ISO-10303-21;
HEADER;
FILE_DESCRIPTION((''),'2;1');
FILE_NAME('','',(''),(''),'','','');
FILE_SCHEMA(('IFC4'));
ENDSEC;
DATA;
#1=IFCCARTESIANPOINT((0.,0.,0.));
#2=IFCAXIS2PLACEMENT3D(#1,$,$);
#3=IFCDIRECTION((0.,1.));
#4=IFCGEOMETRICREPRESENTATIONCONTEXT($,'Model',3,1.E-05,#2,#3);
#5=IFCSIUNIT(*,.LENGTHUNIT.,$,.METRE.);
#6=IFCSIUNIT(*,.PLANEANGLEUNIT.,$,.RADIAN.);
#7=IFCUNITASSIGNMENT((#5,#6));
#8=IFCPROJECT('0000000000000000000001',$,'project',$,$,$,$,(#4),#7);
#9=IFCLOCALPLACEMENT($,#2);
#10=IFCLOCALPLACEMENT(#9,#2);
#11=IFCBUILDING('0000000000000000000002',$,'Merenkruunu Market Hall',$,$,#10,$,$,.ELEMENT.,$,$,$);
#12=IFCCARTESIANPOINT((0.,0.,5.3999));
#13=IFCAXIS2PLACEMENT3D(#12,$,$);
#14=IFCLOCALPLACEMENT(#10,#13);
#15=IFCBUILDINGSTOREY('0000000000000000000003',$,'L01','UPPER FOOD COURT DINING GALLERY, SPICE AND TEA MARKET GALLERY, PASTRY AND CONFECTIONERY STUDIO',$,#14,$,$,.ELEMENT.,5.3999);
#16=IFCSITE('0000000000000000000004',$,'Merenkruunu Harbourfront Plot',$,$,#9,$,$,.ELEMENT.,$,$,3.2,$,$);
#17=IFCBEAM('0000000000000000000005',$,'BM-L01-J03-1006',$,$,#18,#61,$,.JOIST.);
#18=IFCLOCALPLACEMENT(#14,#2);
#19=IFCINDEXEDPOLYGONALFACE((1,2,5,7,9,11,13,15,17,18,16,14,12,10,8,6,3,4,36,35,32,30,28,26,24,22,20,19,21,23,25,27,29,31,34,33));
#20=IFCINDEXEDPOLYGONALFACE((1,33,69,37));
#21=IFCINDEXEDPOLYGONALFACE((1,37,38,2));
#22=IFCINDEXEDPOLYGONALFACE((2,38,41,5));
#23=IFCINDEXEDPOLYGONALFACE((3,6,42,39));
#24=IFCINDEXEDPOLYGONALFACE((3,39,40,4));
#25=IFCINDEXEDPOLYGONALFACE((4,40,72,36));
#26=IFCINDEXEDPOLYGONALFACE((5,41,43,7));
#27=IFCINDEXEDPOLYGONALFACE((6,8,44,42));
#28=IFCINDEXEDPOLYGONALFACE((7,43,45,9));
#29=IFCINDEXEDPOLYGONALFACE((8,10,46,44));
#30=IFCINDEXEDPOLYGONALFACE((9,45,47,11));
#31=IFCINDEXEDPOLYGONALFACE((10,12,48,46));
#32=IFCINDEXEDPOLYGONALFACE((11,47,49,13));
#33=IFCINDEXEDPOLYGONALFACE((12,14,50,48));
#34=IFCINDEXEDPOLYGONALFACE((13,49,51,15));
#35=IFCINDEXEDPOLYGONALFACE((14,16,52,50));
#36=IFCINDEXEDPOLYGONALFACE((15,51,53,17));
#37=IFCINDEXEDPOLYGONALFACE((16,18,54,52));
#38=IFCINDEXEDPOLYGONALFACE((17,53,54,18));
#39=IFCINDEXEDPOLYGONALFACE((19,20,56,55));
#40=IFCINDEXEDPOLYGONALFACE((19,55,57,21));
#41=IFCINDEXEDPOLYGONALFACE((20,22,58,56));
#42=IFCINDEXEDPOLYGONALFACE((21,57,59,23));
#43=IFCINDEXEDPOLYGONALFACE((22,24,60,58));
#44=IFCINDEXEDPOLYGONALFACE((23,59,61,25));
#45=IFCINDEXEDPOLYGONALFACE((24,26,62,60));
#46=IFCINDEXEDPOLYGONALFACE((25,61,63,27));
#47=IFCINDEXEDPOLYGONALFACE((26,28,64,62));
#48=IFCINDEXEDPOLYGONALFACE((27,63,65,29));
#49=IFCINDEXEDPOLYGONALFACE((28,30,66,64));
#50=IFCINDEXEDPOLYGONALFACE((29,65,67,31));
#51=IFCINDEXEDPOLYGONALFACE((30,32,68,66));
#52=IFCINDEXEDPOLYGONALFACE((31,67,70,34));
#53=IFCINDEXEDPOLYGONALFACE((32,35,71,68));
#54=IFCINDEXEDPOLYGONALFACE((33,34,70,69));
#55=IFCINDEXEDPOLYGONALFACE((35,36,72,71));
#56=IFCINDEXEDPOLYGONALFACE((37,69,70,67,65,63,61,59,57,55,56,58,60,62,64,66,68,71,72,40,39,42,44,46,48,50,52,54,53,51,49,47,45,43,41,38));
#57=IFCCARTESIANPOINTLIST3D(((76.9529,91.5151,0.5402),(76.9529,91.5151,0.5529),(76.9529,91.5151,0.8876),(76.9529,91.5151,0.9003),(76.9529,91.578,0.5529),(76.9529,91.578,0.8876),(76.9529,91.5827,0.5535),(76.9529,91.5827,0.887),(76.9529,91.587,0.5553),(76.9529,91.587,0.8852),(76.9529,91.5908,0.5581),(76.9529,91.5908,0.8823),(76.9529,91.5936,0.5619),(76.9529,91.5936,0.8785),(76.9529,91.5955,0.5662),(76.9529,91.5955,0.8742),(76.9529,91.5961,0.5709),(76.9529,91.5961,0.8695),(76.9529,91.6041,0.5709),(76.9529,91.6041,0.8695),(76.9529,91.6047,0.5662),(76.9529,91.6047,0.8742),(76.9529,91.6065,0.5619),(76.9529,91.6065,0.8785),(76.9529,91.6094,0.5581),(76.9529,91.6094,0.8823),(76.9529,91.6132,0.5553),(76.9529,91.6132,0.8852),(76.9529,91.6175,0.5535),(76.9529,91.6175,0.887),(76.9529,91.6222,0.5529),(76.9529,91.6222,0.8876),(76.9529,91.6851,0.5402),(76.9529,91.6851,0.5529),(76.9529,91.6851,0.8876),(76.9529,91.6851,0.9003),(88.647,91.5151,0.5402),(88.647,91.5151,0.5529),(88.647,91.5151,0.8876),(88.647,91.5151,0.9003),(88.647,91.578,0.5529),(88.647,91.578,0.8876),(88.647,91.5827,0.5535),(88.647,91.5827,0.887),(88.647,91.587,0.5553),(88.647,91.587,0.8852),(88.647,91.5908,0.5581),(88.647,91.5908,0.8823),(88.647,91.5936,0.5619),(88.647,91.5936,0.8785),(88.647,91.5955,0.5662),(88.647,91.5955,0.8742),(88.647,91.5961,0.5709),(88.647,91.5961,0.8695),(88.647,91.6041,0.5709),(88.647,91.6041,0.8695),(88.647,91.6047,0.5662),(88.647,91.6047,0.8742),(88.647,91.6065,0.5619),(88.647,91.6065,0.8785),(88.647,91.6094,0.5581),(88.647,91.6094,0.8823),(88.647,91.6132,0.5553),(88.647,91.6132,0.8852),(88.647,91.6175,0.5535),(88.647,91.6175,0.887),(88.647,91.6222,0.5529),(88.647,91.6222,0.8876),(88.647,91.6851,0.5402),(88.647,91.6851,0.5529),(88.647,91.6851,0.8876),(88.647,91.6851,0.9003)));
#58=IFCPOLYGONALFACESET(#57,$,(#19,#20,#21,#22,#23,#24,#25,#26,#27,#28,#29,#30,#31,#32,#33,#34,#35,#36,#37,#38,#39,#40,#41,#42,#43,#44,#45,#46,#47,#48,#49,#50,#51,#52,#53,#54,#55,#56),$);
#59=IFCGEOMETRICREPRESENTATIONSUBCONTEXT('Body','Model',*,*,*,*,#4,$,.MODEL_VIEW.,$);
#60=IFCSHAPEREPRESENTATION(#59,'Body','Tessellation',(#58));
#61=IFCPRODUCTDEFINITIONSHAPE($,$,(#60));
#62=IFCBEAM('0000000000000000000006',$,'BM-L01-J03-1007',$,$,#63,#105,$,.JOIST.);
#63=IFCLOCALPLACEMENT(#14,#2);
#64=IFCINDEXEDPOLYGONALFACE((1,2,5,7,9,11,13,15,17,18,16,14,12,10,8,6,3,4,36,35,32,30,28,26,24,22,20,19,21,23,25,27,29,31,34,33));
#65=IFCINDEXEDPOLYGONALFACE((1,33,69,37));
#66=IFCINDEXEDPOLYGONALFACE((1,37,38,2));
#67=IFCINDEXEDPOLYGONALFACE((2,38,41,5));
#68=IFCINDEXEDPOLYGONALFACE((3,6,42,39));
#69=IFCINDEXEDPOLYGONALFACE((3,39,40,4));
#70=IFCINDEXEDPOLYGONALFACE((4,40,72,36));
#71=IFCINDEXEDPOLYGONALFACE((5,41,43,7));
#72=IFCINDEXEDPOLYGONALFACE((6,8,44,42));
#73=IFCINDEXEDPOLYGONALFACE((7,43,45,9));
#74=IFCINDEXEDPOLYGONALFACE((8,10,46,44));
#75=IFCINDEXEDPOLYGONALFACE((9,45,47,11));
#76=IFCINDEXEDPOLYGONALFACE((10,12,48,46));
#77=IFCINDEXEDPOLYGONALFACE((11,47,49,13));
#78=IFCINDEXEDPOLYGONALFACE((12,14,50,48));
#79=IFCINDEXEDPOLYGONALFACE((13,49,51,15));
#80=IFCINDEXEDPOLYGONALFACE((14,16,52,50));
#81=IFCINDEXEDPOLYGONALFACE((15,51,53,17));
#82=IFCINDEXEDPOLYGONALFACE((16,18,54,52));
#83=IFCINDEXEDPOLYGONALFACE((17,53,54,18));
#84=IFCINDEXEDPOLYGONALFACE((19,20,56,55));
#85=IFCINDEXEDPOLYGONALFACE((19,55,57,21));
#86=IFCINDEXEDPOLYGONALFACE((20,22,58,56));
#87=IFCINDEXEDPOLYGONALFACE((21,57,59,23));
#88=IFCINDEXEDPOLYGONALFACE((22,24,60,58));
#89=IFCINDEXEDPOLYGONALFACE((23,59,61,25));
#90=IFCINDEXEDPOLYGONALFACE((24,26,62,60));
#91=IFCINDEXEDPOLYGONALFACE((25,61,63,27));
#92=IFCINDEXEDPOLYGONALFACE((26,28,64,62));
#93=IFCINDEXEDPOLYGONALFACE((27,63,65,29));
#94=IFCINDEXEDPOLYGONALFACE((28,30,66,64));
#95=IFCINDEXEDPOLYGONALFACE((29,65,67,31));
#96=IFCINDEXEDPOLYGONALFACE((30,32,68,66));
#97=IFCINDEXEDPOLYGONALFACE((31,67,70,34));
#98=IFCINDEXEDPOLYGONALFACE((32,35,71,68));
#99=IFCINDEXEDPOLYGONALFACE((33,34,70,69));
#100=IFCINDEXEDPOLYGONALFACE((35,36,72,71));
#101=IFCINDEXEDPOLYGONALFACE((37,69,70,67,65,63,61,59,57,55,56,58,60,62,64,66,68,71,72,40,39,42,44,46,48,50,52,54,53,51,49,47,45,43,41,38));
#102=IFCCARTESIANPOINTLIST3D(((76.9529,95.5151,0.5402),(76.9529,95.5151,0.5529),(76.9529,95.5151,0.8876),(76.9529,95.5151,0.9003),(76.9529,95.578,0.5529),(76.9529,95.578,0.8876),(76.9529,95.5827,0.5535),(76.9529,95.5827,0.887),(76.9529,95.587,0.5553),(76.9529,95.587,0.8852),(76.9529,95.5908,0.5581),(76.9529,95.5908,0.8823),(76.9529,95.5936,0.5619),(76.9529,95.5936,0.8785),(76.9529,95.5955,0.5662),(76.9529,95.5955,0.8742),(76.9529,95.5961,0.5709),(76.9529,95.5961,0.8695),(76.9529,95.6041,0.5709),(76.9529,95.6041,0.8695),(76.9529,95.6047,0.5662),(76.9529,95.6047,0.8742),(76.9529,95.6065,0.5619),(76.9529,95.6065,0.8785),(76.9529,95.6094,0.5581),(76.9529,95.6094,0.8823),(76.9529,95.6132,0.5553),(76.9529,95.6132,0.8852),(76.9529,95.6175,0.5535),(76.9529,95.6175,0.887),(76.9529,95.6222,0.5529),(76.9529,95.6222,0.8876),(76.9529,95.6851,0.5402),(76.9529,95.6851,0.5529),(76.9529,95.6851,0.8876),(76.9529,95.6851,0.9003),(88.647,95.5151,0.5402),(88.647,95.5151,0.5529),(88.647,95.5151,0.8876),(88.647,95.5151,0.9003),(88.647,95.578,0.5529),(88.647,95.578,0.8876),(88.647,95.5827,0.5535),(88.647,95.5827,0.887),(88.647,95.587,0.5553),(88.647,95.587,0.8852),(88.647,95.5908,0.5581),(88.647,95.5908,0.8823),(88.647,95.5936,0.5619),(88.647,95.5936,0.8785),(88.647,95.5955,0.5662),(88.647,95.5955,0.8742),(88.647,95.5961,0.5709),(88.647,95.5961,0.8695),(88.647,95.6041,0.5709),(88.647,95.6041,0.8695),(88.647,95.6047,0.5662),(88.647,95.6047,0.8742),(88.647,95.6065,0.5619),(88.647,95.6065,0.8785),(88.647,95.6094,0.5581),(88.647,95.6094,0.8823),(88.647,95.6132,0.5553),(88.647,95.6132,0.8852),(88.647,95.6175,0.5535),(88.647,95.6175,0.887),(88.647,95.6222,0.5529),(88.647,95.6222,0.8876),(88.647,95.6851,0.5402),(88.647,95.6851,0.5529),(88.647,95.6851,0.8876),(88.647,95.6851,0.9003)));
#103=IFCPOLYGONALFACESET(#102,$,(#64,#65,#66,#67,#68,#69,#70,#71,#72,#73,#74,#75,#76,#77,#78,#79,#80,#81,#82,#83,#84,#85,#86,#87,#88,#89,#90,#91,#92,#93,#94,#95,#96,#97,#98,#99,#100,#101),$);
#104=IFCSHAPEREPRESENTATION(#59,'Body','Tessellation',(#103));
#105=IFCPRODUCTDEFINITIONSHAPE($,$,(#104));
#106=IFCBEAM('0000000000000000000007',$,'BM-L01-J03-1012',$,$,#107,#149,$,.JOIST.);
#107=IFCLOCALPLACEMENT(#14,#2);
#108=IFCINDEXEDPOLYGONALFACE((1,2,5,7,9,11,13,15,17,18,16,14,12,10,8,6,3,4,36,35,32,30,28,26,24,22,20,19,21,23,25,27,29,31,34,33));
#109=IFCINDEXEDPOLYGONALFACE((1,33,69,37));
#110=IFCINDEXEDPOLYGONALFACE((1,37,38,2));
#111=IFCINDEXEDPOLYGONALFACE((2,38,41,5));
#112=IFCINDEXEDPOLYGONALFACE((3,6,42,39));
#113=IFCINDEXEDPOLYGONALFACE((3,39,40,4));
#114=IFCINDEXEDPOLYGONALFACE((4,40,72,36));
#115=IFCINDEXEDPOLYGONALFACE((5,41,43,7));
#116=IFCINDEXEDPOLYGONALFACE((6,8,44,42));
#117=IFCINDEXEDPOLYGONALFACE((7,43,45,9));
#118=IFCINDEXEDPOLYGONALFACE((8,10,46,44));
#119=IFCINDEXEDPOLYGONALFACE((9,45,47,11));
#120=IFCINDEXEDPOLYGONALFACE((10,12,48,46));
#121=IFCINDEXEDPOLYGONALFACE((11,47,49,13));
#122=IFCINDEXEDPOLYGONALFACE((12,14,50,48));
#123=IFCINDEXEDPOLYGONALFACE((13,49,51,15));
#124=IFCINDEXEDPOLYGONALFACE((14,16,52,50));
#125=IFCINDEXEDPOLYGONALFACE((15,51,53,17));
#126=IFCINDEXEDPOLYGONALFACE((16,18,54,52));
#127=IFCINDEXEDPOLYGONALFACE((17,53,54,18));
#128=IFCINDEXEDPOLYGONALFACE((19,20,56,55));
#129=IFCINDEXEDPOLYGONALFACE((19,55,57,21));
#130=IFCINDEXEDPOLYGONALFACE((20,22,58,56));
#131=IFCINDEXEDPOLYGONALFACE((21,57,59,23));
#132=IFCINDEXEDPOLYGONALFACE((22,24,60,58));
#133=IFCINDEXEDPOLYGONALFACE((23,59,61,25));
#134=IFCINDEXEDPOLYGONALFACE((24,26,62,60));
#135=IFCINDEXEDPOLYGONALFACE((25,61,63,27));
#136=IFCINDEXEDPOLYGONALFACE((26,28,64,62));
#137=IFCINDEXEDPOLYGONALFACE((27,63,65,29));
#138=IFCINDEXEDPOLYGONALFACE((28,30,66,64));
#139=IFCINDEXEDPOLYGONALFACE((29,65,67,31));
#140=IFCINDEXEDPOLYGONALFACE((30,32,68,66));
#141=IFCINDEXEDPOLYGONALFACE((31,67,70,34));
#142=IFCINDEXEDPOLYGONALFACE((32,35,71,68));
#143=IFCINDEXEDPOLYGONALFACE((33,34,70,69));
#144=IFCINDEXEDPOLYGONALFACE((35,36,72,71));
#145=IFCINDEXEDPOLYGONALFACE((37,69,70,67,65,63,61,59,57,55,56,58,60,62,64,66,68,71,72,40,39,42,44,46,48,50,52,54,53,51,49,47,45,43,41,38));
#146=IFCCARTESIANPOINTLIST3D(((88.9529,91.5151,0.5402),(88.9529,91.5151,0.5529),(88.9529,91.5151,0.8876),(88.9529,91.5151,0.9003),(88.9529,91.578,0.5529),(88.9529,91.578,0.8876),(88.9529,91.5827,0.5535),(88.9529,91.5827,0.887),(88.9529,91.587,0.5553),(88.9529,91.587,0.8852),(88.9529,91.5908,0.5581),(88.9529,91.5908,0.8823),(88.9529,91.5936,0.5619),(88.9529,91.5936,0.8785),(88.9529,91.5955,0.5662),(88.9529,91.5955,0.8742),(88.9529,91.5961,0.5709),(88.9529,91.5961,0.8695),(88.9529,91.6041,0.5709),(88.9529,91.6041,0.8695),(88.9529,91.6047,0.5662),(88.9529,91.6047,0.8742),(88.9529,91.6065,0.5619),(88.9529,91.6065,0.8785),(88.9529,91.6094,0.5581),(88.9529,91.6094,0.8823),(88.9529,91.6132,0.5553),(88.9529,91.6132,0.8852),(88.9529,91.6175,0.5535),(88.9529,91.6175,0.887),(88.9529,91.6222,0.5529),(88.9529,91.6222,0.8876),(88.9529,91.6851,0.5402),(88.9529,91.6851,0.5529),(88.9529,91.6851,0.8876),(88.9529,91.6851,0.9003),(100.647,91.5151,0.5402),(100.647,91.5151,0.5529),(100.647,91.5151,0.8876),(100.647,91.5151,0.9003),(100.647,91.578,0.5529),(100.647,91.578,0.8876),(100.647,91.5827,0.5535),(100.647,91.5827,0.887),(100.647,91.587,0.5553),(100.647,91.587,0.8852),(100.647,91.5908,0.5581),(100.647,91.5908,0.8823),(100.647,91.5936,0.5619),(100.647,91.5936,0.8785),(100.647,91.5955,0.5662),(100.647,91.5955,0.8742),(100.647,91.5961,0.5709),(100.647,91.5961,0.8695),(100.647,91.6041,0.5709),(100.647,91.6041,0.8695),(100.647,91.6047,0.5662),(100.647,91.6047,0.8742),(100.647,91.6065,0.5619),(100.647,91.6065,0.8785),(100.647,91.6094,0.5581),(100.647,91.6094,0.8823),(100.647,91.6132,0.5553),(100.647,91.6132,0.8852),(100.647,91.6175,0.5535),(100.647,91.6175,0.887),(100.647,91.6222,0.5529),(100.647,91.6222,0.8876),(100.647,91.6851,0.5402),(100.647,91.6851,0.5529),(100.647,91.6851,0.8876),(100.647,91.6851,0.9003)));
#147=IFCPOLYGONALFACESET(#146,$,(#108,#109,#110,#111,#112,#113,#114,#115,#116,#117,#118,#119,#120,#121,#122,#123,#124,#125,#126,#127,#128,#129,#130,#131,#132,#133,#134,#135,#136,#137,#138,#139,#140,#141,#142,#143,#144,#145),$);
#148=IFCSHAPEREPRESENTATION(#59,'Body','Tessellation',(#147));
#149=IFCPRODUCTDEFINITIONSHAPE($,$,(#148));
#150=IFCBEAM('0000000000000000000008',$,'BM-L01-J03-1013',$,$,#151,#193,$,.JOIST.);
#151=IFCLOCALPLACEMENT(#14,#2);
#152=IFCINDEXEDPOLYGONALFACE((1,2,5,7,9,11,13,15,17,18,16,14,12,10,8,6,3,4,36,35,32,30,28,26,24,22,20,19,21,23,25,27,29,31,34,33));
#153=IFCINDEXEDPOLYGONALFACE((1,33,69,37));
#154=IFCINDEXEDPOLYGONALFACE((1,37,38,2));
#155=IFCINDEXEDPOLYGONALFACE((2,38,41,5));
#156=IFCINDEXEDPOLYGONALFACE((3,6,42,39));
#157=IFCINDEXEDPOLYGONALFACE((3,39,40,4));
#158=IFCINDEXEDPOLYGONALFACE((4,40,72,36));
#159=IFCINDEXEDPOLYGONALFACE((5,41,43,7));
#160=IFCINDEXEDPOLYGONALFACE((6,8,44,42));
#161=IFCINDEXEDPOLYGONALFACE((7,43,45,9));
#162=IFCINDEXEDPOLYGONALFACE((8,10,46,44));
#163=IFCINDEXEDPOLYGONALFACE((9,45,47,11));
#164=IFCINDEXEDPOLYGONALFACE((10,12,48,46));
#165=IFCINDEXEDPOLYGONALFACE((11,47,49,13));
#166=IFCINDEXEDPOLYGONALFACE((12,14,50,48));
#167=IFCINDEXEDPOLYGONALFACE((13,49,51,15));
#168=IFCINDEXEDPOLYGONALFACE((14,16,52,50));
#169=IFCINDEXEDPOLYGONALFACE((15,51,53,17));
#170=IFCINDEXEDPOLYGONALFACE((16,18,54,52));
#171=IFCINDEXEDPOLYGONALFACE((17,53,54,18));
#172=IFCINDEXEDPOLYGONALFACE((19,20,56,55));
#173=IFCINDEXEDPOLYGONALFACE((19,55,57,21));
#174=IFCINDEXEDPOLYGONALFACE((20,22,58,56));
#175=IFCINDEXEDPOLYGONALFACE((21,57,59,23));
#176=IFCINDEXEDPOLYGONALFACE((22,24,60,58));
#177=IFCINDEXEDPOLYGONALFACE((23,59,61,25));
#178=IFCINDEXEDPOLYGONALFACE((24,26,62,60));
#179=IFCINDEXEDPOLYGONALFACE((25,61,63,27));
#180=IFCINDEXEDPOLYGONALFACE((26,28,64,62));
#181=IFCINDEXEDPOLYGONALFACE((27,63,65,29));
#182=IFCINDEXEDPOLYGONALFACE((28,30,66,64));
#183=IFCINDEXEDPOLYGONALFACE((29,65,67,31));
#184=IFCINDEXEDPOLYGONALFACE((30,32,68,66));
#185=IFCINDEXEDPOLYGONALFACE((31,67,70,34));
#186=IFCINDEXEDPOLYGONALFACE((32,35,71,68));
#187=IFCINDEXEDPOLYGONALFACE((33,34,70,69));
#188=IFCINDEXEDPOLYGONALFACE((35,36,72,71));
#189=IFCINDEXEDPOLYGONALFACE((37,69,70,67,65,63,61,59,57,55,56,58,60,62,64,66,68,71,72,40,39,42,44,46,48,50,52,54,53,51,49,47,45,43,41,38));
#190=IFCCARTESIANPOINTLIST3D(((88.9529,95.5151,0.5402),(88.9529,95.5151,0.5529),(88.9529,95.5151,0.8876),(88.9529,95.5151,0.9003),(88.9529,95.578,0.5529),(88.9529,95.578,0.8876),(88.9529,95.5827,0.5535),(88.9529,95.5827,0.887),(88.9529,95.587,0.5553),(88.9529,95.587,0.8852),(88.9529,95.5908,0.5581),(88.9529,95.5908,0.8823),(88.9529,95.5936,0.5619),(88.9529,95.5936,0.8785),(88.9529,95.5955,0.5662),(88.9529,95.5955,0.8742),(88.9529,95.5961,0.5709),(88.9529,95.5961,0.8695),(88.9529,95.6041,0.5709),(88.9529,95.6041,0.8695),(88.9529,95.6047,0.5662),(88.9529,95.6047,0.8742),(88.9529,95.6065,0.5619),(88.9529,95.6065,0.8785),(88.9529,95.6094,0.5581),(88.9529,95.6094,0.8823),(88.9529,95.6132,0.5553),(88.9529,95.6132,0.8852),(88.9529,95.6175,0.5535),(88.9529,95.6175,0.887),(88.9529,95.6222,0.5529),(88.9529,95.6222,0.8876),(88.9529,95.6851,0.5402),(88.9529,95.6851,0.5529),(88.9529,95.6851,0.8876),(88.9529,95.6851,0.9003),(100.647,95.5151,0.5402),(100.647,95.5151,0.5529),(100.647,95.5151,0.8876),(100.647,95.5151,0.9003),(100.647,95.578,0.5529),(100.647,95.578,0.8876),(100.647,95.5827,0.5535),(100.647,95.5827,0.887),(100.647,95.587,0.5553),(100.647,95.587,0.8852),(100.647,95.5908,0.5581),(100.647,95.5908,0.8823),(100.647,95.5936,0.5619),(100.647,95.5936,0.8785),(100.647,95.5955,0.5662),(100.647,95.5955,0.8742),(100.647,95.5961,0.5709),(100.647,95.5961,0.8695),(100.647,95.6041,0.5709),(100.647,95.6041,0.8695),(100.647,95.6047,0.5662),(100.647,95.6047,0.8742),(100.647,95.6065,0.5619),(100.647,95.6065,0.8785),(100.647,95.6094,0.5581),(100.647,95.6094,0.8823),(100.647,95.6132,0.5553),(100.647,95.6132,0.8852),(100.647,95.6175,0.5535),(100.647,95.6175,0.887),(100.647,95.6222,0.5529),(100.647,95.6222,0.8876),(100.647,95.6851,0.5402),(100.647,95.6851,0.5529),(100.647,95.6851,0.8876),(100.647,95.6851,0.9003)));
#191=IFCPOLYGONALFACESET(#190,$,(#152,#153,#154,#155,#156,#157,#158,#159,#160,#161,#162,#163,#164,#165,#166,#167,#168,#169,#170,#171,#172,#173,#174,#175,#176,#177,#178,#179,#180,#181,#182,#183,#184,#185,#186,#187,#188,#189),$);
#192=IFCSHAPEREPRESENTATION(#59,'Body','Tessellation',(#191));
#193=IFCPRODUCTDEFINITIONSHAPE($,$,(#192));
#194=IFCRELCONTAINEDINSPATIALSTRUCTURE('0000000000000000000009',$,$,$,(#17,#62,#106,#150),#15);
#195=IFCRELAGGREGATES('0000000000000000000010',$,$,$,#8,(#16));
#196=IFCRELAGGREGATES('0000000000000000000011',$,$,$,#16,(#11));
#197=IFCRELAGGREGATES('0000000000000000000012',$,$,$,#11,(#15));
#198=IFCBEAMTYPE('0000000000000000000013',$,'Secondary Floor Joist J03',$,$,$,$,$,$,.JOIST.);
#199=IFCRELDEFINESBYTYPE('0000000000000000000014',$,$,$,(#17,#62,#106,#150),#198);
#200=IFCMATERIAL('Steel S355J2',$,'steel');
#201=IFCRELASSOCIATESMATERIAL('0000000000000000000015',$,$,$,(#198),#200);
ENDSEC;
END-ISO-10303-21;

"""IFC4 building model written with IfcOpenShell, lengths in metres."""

from ifc_helpers import new_model, si_unit, direction, frame, origin, origin_2d, place, context, subcontext, project, spatial, i_section, extrude, material, material_profile, profile_set, type_object, element, save


model = new_model("IFC4")

# Units and contexts
model_context = context("Model", 3, precision=1e-05, world=origin(), true_north=direction((0.0, 1.0)))
body_context = subcontext(model_context, "Body", "Model", "MODEL_VIEW")
ifc_project = project(units=[si_unit("LENGTHUNIT", "METRE"), si_unit("PLANEANGLEUNIT", "RADIAN")], contexts=[model_context])

# Site, building, storey
site_placement = place(None, origin())
site = spatial("IfcSite", under=ifc_project, at=site_placement, Name="Merenkruunu Harbourfront Plot", CompositionType="ELEMENT", RefElevation=3.2)
building_placement = place(site_placement, origin())
building = spatial("IfcBuilding", under=site, at=building_placement, Name="Merenkruunu Market Hall", CompositionType="ELEMENT")
storey_placement = place(building_placement, frame((0.0, 0.0, 5.3999)))
storey = spatial("IfcBuildingStorey", under=building, at=storey_placement, Name="L01", Description="UPPER FOOD COURT DINING GALLERY, SPICE AND TEA MARKET GALLERY, PASTRY AND CONFECTIONERY STUDIO", CompositionType="ELEMENT", Elevation=5.3999)

# Beams
ifc_material_1 = material(Name="Steel S355J2", Category="steel")
ifc_material_profile_1 = material_profile(ifc_material_1, i_section(OverallWidth=0.1699, OverallDepth=0.3601, WebThickness=0.0081, FlangeThickness=0.0127, FilletRadius=0.0181, at=origin_2d()), Name="IPE 360")
ifc_profile_set_1 = profile_set([ifc_material_profile_1], Name="Steel S355J2")
beam_type_1 = type_object("IfcBeamType", Name="Secondary Floor Joist J03", PredefinedType="JOIST", material=ifc_profile_set_1)
for number, where, z_axis, x_axis, name in (
    (1, (76.9529, 91.6001, 0.7202), (1.0, 0.0, 0.0), (0.0, 1.0, 0.0), "BM-L01-J03-1006"),
    (2, (76.9529, 95.6001, 0.7202), (1.0, 0.0, 0.0), (0.0, 1.0, 0.0), "BM-L01-J03-1007"),
    (3, (88.9529, 91.6001, 0.7202), (1.0, 0.0, 0.0), (0.0, 1.0, 0.0), "BM-L01-J03-1012"),
    (4, (88.9529, 95.6001, 0.7202), (1.0, 0.0, 0.0), (0.0, 1.0, 0.0), "BM-L01-J03-1013"),
):
    element("IfcBeam", number, at=place(storey_placement, frame(where, z_axis=z_axis, x_axis=x_axis)), inside=storey, type_object=beam_type_1, Name=name, PredefinedType="JOIST", context=body_context, shape_type="SweptSolid", body=[
        extrude(i_section(OverallWidth=0.1699, OverallDepth=0.3601, WebThickness=0.0081, FlangeThickness=0.0127, FilletRadius=0.0181, at=origin_2d()), origin(), (0.0, 0.0, 1.0), 11.6941),
    ])

save(model, "model.ifc")
